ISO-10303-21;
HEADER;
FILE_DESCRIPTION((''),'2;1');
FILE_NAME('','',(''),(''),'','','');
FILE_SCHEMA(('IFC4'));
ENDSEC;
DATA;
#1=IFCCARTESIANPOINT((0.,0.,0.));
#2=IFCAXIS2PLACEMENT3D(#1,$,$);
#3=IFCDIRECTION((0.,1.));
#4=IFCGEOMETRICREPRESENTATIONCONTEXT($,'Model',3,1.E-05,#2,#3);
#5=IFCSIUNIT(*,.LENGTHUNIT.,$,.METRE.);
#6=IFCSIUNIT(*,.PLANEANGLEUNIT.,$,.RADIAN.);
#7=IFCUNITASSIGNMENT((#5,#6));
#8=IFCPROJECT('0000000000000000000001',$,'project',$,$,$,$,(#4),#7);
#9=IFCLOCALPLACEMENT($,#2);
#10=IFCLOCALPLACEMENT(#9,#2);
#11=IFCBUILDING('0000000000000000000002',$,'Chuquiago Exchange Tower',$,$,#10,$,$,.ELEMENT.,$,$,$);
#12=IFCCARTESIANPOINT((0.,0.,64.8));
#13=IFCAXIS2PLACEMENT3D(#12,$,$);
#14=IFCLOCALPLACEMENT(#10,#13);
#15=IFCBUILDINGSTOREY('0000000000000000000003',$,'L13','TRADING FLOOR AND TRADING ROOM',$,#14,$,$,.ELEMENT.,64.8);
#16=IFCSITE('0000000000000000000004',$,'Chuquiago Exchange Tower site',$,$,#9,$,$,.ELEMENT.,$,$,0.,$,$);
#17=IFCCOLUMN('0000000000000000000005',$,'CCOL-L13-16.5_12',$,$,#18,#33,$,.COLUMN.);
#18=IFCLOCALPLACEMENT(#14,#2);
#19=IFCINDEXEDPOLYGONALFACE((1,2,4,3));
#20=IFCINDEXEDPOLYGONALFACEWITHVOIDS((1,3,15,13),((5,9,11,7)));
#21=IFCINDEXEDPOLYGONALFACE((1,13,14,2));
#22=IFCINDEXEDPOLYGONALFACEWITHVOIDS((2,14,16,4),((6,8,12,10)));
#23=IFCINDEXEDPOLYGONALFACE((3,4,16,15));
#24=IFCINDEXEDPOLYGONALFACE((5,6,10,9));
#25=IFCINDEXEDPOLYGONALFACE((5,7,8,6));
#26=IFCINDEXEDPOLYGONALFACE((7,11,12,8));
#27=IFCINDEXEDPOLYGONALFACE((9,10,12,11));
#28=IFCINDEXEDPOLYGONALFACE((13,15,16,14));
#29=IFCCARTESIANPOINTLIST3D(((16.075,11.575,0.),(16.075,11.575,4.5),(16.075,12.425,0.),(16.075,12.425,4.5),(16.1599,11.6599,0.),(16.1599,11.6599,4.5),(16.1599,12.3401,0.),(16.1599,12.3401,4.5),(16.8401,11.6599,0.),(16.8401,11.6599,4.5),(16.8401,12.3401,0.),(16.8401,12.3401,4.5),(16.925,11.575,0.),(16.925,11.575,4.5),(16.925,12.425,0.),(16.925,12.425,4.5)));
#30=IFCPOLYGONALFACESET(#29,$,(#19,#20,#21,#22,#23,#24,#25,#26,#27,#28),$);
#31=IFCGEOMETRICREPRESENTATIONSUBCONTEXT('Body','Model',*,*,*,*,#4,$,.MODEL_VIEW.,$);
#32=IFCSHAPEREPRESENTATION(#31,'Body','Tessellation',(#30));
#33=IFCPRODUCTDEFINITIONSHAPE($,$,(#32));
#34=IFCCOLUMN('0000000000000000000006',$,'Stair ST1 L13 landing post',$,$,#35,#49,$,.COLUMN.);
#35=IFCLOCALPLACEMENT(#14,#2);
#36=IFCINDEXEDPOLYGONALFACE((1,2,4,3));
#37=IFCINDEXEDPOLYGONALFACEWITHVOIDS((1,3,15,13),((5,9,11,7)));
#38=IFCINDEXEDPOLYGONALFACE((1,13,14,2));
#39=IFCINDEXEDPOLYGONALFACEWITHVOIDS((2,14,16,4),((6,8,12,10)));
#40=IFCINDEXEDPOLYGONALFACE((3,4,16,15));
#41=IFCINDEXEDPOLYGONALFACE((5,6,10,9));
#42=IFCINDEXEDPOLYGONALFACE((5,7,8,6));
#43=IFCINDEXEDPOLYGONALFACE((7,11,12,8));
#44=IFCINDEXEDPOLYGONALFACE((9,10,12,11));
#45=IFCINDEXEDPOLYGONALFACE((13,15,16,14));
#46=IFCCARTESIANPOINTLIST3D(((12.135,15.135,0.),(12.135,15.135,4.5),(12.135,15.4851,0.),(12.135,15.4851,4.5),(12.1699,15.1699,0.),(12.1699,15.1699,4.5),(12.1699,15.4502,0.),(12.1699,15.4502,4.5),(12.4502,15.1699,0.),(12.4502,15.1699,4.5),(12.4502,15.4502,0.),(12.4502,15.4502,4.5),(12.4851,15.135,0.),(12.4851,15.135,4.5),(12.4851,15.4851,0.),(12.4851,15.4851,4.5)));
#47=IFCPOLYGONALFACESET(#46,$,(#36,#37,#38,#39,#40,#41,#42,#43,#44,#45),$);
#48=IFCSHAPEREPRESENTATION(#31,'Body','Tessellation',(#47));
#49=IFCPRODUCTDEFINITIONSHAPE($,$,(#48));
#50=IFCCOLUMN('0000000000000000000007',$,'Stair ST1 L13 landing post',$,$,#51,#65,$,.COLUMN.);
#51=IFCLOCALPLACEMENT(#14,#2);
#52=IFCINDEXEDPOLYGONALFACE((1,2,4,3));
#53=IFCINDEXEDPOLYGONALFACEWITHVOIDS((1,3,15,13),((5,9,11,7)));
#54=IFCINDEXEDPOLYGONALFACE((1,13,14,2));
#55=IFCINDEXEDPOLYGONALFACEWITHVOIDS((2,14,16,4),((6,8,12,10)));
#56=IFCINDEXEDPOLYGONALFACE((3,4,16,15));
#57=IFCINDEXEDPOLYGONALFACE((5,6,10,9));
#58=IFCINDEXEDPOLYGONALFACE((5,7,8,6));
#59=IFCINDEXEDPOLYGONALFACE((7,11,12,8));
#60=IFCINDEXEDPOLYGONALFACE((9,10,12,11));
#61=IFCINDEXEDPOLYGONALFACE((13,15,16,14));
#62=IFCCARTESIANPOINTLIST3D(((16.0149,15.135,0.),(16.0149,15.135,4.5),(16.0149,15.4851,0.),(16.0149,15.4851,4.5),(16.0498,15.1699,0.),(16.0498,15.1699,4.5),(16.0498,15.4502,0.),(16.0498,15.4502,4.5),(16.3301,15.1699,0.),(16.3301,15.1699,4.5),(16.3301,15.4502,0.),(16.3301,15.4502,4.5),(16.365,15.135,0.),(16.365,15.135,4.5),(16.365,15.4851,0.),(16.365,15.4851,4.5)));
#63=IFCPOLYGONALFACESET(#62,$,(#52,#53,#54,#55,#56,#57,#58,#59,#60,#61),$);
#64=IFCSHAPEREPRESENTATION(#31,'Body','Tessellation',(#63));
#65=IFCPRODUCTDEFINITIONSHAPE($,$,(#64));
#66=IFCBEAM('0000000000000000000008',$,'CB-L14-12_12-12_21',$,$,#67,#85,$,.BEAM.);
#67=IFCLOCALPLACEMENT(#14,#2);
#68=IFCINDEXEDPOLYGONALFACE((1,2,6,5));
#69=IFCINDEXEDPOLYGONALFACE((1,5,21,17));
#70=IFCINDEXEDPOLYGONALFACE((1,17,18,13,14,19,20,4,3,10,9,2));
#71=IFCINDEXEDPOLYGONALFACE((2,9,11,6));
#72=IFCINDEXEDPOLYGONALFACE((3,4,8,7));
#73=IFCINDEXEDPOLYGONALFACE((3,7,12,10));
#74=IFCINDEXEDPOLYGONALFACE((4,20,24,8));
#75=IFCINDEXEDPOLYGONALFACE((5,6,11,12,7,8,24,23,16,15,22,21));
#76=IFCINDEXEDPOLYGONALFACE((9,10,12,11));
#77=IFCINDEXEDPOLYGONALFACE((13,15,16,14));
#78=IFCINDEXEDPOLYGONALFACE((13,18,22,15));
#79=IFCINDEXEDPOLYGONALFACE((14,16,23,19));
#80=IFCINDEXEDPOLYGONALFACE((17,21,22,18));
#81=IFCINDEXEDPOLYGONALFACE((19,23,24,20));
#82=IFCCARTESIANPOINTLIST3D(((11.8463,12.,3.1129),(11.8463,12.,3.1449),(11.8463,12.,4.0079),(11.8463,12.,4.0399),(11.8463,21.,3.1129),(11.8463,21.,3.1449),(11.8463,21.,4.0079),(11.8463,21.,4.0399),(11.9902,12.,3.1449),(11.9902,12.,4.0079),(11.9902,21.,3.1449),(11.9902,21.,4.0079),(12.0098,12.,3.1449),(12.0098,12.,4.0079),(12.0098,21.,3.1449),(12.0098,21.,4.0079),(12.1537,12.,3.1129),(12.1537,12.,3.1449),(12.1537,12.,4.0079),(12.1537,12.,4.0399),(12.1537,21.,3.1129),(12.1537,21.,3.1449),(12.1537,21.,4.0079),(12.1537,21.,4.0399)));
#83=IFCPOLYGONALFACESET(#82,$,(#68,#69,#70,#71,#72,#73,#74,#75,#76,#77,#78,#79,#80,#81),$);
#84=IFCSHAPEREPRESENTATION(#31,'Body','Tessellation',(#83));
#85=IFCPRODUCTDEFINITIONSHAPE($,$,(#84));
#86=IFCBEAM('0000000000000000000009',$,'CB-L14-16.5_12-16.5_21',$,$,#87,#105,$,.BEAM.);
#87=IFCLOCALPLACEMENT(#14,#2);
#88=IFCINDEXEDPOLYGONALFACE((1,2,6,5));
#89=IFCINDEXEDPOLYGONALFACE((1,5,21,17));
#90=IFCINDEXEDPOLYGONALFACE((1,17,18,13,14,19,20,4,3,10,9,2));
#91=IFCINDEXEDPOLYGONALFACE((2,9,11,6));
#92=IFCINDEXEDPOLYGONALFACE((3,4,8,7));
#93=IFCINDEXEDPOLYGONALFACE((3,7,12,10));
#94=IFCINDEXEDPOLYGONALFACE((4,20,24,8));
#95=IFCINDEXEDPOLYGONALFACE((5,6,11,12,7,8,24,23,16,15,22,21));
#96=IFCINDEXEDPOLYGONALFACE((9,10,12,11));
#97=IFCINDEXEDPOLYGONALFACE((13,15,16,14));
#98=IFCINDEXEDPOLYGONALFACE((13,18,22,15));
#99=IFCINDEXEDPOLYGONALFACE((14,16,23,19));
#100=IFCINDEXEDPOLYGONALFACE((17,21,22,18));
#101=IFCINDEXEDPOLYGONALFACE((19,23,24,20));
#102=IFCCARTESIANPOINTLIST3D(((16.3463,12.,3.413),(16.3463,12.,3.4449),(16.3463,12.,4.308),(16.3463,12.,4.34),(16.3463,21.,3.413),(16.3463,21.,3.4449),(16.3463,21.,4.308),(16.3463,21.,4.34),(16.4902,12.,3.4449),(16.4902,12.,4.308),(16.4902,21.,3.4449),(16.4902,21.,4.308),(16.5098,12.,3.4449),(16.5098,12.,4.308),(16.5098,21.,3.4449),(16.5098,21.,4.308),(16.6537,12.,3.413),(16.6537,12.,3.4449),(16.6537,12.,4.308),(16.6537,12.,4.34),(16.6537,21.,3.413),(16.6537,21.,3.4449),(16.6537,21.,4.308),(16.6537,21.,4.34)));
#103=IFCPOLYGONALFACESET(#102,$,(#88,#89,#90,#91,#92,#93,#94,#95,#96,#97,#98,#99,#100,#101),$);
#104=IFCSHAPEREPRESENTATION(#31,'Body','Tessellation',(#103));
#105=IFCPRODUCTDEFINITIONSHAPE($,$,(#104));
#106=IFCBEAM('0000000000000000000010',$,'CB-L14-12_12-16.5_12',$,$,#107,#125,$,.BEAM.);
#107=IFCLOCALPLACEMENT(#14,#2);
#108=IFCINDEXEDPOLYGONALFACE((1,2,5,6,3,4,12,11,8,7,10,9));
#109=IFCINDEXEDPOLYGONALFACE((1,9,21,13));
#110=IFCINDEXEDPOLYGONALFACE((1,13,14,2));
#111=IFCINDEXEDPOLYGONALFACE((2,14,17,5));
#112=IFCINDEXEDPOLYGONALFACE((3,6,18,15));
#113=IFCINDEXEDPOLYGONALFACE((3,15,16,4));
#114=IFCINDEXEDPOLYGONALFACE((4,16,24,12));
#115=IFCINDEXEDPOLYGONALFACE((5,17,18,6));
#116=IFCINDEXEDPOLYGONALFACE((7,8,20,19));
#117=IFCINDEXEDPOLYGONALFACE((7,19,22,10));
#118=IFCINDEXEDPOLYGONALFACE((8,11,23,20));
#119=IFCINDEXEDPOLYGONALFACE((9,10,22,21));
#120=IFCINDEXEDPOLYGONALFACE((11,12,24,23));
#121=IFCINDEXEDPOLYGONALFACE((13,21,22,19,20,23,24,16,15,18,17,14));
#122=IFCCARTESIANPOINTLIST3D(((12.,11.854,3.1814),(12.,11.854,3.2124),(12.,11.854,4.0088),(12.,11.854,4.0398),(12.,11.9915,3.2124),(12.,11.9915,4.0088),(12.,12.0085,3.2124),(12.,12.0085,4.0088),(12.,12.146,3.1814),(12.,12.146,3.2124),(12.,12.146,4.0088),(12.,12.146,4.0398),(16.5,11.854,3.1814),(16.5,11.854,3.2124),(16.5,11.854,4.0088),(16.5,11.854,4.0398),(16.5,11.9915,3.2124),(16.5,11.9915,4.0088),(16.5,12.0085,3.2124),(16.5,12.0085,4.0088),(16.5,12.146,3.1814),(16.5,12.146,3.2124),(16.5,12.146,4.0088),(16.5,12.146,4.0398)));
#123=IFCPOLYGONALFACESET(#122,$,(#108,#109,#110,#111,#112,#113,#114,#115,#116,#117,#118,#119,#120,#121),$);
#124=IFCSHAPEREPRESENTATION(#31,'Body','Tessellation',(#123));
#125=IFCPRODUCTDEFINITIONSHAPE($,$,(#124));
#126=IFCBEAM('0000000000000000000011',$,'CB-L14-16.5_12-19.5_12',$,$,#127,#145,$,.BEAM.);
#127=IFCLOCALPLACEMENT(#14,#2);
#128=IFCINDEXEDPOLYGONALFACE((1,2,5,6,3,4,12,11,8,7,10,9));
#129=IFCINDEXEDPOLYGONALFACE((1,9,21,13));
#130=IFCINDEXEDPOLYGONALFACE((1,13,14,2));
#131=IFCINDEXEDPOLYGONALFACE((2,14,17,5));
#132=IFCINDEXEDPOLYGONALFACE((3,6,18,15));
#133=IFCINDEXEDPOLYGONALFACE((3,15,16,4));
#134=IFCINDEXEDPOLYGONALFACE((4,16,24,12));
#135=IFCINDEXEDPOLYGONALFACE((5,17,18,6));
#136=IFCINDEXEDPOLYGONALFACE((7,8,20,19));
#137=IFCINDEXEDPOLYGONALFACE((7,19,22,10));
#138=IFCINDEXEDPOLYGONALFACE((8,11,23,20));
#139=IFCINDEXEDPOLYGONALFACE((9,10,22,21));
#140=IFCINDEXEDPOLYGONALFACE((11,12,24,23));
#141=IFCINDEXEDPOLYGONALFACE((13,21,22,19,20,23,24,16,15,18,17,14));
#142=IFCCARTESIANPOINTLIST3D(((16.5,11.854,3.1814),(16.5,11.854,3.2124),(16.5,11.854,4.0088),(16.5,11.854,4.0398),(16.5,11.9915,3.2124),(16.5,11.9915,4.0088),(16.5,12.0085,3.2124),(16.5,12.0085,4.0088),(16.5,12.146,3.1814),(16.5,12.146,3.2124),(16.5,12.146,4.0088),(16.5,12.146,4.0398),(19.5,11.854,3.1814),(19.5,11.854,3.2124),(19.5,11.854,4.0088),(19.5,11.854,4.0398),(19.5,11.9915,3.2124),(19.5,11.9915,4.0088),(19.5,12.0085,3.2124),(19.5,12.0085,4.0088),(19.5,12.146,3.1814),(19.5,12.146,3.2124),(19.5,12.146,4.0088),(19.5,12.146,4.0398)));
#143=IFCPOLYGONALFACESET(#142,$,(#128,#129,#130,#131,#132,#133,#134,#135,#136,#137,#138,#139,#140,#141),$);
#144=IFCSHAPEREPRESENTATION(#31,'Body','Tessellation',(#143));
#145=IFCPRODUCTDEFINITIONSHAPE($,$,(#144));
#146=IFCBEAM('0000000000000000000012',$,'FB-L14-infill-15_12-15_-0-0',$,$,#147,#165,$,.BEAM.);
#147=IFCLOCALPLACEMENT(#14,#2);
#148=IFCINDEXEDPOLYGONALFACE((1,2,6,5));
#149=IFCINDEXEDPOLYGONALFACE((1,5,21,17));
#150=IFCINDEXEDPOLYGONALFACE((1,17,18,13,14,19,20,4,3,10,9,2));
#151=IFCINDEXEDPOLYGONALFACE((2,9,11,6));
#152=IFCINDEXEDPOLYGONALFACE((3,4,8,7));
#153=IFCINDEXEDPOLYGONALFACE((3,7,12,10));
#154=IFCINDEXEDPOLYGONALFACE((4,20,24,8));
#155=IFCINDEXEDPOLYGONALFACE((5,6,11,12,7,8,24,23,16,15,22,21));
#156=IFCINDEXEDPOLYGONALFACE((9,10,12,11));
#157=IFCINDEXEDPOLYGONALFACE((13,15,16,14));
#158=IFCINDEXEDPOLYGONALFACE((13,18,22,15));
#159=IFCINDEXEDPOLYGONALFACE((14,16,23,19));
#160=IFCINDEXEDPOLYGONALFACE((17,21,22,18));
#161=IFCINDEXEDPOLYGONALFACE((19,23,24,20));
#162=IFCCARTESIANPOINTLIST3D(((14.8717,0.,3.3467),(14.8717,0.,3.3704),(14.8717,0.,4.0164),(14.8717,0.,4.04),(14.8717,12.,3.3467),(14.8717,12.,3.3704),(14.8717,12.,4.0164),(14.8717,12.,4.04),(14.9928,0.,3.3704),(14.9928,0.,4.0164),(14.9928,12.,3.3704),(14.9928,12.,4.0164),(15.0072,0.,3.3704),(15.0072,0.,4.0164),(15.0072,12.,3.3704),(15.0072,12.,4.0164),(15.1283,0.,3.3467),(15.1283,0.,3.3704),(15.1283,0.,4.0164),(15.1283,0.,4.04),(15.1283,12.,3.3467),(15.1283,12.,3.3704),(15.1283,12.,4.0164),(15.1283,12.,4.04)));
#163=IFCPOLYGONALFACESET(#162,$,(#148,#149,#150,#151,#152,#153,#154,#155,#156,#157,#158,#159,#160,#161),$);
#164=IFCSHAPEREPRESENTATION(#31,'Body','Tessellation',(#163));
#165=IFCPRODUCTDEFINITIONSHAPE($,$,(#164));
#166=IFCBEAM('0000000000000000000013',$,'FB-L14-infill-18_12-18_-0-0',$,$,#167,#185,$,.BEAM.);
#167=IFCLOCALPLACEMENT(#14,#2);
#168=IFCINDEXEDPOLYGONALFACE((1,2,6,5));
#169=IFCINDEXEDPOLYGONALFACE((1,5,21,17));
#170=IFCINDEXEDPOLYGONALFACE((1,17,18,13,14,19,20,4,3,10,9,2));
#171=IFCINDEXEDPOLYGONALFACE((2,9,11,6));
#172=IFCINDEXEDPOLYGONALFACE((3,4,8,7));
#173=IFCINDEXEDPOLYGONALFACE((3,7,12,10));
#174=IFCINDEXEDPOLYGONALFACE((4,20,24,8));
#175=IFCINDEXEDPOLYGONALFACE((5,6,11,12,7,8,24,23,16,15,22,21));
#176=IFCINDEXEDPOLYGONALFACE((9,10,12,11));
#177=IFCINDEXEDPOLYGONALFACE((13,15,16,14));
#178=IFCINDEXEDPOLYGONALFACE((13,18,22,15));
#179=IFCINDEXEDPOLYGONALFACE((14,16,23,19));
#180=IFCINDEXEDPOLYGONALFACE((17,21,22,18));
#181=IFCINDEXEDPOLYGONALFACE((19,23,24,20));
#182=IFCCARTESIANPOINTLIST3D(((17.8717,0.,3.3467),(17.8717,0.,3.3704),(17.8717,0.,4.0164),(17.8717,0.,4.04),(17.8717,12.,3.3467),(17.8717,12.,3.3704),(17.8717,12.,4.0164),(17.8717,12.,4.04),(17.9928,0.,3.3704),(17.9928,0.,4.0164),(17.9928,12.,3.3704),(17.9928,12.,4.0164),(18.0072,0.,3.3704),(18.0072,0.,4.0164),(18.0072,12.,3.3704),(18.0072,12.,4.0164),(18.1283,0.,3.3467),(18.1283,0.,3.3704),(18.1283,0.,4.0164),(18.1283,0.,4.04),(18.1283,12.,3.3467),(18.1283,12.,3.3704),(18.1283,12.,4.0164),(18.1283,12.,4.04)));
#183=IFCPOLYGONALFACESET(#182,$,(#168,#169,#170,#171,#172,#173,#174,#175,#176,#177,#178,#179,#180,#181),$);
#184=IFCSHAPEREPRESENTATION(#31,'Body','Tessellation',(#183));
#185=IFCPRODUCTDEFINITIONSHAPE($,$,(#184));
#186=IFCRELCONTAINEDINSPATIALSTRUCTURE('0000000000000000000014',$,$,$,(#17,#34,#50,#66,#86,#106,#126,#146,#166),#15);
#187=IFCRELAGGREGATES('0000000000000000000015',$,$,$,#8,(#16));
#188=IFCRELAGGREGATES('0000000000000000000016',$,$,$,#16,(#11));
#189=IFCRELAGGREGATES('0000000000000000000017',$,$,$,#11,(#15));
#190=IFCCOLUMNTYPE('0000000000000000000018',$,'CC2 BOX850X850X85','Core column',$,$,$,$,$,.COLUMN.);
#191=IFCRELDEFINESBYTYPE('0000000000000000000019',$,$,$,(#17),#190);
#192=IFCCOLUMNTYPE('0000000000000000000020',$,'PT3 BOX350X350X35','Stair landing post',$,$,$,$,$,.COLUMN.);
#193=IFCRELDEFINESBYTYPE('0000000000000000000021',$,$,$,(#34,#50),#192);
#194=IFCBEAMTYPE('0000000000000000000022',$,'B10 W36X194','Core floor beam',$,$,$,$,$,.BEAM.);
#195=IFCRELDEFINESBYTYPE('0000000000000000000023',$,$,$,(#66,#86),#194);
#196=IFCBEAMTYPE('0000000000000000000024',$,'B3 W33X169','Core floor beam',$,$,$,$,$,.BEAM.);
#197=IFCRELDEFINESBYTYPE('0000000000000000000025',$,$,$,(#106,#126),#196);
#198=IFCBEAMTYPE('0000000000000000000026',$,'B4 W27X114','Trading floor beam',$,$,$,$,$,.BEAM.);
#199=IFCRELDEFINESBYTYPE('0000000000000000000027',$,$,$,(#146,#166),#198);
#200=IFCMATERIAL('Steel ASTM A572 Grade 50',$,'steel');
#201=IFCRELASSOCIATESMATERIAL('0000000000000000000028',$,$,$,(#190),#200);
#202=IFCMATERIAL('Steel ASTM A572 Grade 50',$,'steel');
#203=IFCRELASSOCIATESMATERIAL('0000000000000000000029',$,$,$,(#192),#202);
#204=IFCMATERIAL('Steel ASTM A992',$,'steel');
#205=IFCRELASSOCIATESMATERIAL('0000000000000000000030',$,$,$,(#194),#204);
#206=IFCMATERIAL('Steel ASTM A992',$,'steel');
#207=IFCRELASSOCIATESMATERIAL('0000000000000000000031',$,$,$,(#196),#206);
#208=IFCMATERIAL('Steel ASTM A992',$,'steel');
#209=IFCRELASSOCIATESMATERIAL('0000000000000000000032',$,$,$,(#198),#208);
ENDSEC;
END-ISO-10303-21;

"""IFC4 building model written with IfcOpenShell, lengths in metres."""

from ifc_helpers import new_model, si_unit, direction, frame, origin, origin_2d, place, context, subcontext, project, spatial, hollow_rectangle, i_section, extrude, material, material_profile, profile_set, type_object, element, save


model = new_model("IFC4")

# Units and contexts
model_context = context("Model", 3, precision=1e-05, world=origin(), true_north=direction((0.0, 1.0)))
body_context = subcontext(model_context, "Body", "Model", "MODEL_VIEW")
ifc_project = project(units=[si_unit("LENGTHUNIT", "METRE"), si_unit("PLANEANGLEUNIT", "RADIAN")], contexts=[model_context])

# Site, building, storey
site_placement = place(None, origin())
site = spatial("IfcSite", under=ifc_project, at=site_placement, Name="Chuquiago Exchange Tower site", CompositionType="ELEMENT", RefElevation=0.0)
building_placement = place(site_placement, origin())
building = spatial("IfcBuilding", under=site, at=building_placement, Name="Chuquiago Exchange Tower", CompositionType="ELEMENT")
storey_placement = place(building_placement, frame((0.0, 0.0, 64.8)))
storey = spatial("IfcBuildingStorey", under=building, at=storey_placement, Name="L13", Description="TRADING FLOOR AND TRADING ROOM", CompositionType="ELEMENT", Elevation=64.8)

# Columns
ifc_material_1 = material(Name="Steel ASTM A572 Grade 50", Category="steel")
ifc_material_profile_1 = material_profile(ifc_material_1, hollow_rectangle(XDim=0.8501, YDim=0.8501, WallThickness=0.085, at=origin_2d()), Name="BOX850X850X85")
ifc_profile_set_1 = profile_set([ifc_material_profile_1], Name="Steel ASTM A572 Grade 50")
column_type_1 = type_object("IfcColumnType", Name="CC2 BOX850X850X85", Description="Core column", PredefinedType="COLUMN", material=ifc_profile_set_1)
column_placement = place(storey_placement, frame((16.5, 12.0, 0.0), z_axis=(0.0, 0.0, 1.0), x_axis=(1.0, 0.0, 0.0)))
element("IfcColumn", 1, at=column_placement, inside=storey, type_object=column_type_1, Name="CCOL-L13-16.5_12", PredefinedType="COLUMN", context=body_context, shape_type="SweptSolid", body=[
    extrude(hollow_rectangle(XDim=0.8501, YDim=0.8501, WallThickness=0.085, at=origin_2d()), origin(), (0.0, 0.0, 1.0), 4.5),
])
ifc_material_2 = material(Name="Steel ASTM A572 Grade 50", Category="steel")
ifc_material_profile_2 = material_profile(ifc_material_2, hollow_rectangle(XDim=0.3501, YDim=0.3501, WallThickness=0.0349, at=origin_2d()), Name="BOX350X350X35")
ifc_profile_set_2 = profile_set([ifc_material_profile_2], Name="Steel ASTM A572 Grade 50")
column_type_2 = type_object("IfcColumnType", Name="PT3 BOX350X350X35", Description="Stair landing post", PredefinedType="COLUMN", material=ifc_profile_set_2)
for number, where, z_axis, x_axis, name in (
    (2, (12.3101, 15.3101, 0.0), (0.0, 0.0, 1.0), (1.0, 0.0, 0.0), "Stair ST1 L13 landing post"),
    (3, (16.1899, 15.3101, 0.0), (0.0, 0.0, 1.0), (1.0, 0.0, 0.0), "Stair ST1 L13 landing post"),
):
    element("IfcColumn", number, at=place(storey_placement, frame(where, z_axis=z_axis, x_axis=x_axis)), inside=storey, type_object=column_type_2, Name=name, PredefinedType="COLUMN", context=body_context, shape_type="SweptSolid", body=[
        extrude(hollow_rectangle(XDim=0.3501, YDim=0.3501, WallThickness=0.0349, at=origin_2d()), origin(), (0.0, 0.0, 1.0), 4.5),
    ])

# Beams
ifc_material_3 = material(Name="Steel ASTM A992", Category="steel")
ifc_material_profile_3 = material_profile(ifc_material_3, i_section(OverallWidth=0.3074, OverallDepth=0.927, WebThickness=0.0195, FlangeThickness=0.032, at=origin_2d()), Name="W36X194")
ifc_profile_set_3 = profile_set([ifc_material_profile_3], Name="Steel ASTM A992")
beam_type_1 = type_object("IfcBeamType", Name="B10 W36X194", Description="Core floor beam", PredefinedType="BEAM", material=ifc_profile_set_3)
for number, where, z_axis, x_axis, name in (
    (4, (12.0, 12.0, 3.5764), (0.0, 1.0, 0.0), (-1.0, 0.0, 0.0), "CB-L14-12_12-12_21"),
    (5, (16.5, 12.0, 3.8765), (0.0, 1.0, 0.0), (-1.0, 0.0, 0.0), "CB-L14-16.5_12-16.5_21"),
):
    element("IfcBeam", number, at=place(storey_placement, frame(where, z_axis=z_axis, x_axis=x_axis)), inside=storey, type_object=beam_type_1, Name=name, PredefinedType="BEAM", context=body_context, shape_type="SweptSolid", body=[
        extrude(i_section(OverallWidth=0.3074, OverallDepth=0.927, WebThickness=0.0195, FlangeThickness=0.032, at=origin_2d()), origin(), (0.0, 0.0, 1.0), 9.0),
    ])
ifc_material_4 = material(Name="Steel ASTM A992", Category="steel")
ifc_material_profile_4 = material_profile(ifc_material_4, i_section(OverallWidth=0.292, OverallDepth=0.8584, WebThickness=0.0171, FlangeThickness=0.031, at=origin_2d()), Name="W33X169")
ifc_profile_set_4 = profile_set([ifc_material_profile_4], Name="Steel ASTM A992")
beam_type_2 = type_object("IfcBeamType", Name="B3 W33X169", Description="Core floor beam", PredefinedType="BEAM", material=ifc_profile_set_4)
beam_1_placement = place(storey_placement, frame((12.0, 12.0, 3.6106), z_axis=(1.0, 0.0, 0.0), x_axis=(0.0, 1.0, 0.0)))
element("IfcBeam", 6, at=beam_1_placement, inside=storey, type_object=beam_type_2, Name="CB-L14-12_12-16.5_12", PredefinedType="BEAM", context=body_context, shape_type="SweptSolid", body=[
    extrude(i_section(OverallWidth=0.292, OverallDepth=0.8584, WebThickness=0.0171, FlangeThickness=0.031, at=origin_2d()), origin(), (0.0, 0.0, 1.0), 4.5),
])
beam_2_placement = place(storey_placement, frame((16.5, 12.0, 3.6106), z_axis=(1.0, 0.0, 0.0), x_axis=(0.0, 1.0, 0.0)))
element("IfcBeam", 7, at=beam_2_placement, inside=storey, type_object=beam_type_2, Name="CB-L14-16.5_12-19.5_12", PredefinedType="BEAM", context=body_context, shape_type="SweptSolid", body=[
    extrude(i_section(OverallWidth=0.292, OverallDepth=0.8584, WebThickness=0.0171, FlangeThickness=0.031, at=origin_2d()), origin(), (0.0, 0.0, 1.0), 3.0),
])
ifc_material_5 = material(Name="Steel ASTM A992", Category="steel")
ifc_material_profile_5 = material_profile(ifc_material_5, i_section(OverallWidth=0.2566, OverallDepth=0.6934, WebThickness=0.0144, FlangeThickness=0.0237, at=origin_2d()), Name="W27X114")
ifc_profile_set_5 = profile_set([ifc_material_profile_5], Name="Steel ASTM A992")
beam_type_3 = type_object("IfcBeamType", Name="B4 W27X114", Description="Trading floor beam", PredefinedType="BEAM", material=ifc_profile_set_5)
for number, where, z_axis, x_axis, name in (
    (8, (15.0, 12.0, 3.6934), (0.0, -1.0, 0.0), (1.0, 0.0, 0.0), "FB-L14-infill-15_12-15_-0-0"),
    (9, (18.0, 12.0, 3.6934), (0.0, -1.0, 0.0), (1.0, 0.0, 0.0), "FB-L14-infill-18_12-18_-0-0"),
):
    element("IfcBeam", number, at=place(storey_placement, frame(where, z_axis=z_axis, x_axis=x_axis)), inside=storey, type_object=beam_type_3, Name=name, PredefinedType="BEAM", context=body_context, shape_type="SweptSolid", body=[
        extrude(i_section(OverallWidth=0.2566, OverallDepth=0.6934, WebThickness=0.0144, FlangeThickness=0.0237, at=origin_2d()), origin(), (0.0, 0.0, 1.0), 12.0),
    ])

save(model, "model.ifc")
